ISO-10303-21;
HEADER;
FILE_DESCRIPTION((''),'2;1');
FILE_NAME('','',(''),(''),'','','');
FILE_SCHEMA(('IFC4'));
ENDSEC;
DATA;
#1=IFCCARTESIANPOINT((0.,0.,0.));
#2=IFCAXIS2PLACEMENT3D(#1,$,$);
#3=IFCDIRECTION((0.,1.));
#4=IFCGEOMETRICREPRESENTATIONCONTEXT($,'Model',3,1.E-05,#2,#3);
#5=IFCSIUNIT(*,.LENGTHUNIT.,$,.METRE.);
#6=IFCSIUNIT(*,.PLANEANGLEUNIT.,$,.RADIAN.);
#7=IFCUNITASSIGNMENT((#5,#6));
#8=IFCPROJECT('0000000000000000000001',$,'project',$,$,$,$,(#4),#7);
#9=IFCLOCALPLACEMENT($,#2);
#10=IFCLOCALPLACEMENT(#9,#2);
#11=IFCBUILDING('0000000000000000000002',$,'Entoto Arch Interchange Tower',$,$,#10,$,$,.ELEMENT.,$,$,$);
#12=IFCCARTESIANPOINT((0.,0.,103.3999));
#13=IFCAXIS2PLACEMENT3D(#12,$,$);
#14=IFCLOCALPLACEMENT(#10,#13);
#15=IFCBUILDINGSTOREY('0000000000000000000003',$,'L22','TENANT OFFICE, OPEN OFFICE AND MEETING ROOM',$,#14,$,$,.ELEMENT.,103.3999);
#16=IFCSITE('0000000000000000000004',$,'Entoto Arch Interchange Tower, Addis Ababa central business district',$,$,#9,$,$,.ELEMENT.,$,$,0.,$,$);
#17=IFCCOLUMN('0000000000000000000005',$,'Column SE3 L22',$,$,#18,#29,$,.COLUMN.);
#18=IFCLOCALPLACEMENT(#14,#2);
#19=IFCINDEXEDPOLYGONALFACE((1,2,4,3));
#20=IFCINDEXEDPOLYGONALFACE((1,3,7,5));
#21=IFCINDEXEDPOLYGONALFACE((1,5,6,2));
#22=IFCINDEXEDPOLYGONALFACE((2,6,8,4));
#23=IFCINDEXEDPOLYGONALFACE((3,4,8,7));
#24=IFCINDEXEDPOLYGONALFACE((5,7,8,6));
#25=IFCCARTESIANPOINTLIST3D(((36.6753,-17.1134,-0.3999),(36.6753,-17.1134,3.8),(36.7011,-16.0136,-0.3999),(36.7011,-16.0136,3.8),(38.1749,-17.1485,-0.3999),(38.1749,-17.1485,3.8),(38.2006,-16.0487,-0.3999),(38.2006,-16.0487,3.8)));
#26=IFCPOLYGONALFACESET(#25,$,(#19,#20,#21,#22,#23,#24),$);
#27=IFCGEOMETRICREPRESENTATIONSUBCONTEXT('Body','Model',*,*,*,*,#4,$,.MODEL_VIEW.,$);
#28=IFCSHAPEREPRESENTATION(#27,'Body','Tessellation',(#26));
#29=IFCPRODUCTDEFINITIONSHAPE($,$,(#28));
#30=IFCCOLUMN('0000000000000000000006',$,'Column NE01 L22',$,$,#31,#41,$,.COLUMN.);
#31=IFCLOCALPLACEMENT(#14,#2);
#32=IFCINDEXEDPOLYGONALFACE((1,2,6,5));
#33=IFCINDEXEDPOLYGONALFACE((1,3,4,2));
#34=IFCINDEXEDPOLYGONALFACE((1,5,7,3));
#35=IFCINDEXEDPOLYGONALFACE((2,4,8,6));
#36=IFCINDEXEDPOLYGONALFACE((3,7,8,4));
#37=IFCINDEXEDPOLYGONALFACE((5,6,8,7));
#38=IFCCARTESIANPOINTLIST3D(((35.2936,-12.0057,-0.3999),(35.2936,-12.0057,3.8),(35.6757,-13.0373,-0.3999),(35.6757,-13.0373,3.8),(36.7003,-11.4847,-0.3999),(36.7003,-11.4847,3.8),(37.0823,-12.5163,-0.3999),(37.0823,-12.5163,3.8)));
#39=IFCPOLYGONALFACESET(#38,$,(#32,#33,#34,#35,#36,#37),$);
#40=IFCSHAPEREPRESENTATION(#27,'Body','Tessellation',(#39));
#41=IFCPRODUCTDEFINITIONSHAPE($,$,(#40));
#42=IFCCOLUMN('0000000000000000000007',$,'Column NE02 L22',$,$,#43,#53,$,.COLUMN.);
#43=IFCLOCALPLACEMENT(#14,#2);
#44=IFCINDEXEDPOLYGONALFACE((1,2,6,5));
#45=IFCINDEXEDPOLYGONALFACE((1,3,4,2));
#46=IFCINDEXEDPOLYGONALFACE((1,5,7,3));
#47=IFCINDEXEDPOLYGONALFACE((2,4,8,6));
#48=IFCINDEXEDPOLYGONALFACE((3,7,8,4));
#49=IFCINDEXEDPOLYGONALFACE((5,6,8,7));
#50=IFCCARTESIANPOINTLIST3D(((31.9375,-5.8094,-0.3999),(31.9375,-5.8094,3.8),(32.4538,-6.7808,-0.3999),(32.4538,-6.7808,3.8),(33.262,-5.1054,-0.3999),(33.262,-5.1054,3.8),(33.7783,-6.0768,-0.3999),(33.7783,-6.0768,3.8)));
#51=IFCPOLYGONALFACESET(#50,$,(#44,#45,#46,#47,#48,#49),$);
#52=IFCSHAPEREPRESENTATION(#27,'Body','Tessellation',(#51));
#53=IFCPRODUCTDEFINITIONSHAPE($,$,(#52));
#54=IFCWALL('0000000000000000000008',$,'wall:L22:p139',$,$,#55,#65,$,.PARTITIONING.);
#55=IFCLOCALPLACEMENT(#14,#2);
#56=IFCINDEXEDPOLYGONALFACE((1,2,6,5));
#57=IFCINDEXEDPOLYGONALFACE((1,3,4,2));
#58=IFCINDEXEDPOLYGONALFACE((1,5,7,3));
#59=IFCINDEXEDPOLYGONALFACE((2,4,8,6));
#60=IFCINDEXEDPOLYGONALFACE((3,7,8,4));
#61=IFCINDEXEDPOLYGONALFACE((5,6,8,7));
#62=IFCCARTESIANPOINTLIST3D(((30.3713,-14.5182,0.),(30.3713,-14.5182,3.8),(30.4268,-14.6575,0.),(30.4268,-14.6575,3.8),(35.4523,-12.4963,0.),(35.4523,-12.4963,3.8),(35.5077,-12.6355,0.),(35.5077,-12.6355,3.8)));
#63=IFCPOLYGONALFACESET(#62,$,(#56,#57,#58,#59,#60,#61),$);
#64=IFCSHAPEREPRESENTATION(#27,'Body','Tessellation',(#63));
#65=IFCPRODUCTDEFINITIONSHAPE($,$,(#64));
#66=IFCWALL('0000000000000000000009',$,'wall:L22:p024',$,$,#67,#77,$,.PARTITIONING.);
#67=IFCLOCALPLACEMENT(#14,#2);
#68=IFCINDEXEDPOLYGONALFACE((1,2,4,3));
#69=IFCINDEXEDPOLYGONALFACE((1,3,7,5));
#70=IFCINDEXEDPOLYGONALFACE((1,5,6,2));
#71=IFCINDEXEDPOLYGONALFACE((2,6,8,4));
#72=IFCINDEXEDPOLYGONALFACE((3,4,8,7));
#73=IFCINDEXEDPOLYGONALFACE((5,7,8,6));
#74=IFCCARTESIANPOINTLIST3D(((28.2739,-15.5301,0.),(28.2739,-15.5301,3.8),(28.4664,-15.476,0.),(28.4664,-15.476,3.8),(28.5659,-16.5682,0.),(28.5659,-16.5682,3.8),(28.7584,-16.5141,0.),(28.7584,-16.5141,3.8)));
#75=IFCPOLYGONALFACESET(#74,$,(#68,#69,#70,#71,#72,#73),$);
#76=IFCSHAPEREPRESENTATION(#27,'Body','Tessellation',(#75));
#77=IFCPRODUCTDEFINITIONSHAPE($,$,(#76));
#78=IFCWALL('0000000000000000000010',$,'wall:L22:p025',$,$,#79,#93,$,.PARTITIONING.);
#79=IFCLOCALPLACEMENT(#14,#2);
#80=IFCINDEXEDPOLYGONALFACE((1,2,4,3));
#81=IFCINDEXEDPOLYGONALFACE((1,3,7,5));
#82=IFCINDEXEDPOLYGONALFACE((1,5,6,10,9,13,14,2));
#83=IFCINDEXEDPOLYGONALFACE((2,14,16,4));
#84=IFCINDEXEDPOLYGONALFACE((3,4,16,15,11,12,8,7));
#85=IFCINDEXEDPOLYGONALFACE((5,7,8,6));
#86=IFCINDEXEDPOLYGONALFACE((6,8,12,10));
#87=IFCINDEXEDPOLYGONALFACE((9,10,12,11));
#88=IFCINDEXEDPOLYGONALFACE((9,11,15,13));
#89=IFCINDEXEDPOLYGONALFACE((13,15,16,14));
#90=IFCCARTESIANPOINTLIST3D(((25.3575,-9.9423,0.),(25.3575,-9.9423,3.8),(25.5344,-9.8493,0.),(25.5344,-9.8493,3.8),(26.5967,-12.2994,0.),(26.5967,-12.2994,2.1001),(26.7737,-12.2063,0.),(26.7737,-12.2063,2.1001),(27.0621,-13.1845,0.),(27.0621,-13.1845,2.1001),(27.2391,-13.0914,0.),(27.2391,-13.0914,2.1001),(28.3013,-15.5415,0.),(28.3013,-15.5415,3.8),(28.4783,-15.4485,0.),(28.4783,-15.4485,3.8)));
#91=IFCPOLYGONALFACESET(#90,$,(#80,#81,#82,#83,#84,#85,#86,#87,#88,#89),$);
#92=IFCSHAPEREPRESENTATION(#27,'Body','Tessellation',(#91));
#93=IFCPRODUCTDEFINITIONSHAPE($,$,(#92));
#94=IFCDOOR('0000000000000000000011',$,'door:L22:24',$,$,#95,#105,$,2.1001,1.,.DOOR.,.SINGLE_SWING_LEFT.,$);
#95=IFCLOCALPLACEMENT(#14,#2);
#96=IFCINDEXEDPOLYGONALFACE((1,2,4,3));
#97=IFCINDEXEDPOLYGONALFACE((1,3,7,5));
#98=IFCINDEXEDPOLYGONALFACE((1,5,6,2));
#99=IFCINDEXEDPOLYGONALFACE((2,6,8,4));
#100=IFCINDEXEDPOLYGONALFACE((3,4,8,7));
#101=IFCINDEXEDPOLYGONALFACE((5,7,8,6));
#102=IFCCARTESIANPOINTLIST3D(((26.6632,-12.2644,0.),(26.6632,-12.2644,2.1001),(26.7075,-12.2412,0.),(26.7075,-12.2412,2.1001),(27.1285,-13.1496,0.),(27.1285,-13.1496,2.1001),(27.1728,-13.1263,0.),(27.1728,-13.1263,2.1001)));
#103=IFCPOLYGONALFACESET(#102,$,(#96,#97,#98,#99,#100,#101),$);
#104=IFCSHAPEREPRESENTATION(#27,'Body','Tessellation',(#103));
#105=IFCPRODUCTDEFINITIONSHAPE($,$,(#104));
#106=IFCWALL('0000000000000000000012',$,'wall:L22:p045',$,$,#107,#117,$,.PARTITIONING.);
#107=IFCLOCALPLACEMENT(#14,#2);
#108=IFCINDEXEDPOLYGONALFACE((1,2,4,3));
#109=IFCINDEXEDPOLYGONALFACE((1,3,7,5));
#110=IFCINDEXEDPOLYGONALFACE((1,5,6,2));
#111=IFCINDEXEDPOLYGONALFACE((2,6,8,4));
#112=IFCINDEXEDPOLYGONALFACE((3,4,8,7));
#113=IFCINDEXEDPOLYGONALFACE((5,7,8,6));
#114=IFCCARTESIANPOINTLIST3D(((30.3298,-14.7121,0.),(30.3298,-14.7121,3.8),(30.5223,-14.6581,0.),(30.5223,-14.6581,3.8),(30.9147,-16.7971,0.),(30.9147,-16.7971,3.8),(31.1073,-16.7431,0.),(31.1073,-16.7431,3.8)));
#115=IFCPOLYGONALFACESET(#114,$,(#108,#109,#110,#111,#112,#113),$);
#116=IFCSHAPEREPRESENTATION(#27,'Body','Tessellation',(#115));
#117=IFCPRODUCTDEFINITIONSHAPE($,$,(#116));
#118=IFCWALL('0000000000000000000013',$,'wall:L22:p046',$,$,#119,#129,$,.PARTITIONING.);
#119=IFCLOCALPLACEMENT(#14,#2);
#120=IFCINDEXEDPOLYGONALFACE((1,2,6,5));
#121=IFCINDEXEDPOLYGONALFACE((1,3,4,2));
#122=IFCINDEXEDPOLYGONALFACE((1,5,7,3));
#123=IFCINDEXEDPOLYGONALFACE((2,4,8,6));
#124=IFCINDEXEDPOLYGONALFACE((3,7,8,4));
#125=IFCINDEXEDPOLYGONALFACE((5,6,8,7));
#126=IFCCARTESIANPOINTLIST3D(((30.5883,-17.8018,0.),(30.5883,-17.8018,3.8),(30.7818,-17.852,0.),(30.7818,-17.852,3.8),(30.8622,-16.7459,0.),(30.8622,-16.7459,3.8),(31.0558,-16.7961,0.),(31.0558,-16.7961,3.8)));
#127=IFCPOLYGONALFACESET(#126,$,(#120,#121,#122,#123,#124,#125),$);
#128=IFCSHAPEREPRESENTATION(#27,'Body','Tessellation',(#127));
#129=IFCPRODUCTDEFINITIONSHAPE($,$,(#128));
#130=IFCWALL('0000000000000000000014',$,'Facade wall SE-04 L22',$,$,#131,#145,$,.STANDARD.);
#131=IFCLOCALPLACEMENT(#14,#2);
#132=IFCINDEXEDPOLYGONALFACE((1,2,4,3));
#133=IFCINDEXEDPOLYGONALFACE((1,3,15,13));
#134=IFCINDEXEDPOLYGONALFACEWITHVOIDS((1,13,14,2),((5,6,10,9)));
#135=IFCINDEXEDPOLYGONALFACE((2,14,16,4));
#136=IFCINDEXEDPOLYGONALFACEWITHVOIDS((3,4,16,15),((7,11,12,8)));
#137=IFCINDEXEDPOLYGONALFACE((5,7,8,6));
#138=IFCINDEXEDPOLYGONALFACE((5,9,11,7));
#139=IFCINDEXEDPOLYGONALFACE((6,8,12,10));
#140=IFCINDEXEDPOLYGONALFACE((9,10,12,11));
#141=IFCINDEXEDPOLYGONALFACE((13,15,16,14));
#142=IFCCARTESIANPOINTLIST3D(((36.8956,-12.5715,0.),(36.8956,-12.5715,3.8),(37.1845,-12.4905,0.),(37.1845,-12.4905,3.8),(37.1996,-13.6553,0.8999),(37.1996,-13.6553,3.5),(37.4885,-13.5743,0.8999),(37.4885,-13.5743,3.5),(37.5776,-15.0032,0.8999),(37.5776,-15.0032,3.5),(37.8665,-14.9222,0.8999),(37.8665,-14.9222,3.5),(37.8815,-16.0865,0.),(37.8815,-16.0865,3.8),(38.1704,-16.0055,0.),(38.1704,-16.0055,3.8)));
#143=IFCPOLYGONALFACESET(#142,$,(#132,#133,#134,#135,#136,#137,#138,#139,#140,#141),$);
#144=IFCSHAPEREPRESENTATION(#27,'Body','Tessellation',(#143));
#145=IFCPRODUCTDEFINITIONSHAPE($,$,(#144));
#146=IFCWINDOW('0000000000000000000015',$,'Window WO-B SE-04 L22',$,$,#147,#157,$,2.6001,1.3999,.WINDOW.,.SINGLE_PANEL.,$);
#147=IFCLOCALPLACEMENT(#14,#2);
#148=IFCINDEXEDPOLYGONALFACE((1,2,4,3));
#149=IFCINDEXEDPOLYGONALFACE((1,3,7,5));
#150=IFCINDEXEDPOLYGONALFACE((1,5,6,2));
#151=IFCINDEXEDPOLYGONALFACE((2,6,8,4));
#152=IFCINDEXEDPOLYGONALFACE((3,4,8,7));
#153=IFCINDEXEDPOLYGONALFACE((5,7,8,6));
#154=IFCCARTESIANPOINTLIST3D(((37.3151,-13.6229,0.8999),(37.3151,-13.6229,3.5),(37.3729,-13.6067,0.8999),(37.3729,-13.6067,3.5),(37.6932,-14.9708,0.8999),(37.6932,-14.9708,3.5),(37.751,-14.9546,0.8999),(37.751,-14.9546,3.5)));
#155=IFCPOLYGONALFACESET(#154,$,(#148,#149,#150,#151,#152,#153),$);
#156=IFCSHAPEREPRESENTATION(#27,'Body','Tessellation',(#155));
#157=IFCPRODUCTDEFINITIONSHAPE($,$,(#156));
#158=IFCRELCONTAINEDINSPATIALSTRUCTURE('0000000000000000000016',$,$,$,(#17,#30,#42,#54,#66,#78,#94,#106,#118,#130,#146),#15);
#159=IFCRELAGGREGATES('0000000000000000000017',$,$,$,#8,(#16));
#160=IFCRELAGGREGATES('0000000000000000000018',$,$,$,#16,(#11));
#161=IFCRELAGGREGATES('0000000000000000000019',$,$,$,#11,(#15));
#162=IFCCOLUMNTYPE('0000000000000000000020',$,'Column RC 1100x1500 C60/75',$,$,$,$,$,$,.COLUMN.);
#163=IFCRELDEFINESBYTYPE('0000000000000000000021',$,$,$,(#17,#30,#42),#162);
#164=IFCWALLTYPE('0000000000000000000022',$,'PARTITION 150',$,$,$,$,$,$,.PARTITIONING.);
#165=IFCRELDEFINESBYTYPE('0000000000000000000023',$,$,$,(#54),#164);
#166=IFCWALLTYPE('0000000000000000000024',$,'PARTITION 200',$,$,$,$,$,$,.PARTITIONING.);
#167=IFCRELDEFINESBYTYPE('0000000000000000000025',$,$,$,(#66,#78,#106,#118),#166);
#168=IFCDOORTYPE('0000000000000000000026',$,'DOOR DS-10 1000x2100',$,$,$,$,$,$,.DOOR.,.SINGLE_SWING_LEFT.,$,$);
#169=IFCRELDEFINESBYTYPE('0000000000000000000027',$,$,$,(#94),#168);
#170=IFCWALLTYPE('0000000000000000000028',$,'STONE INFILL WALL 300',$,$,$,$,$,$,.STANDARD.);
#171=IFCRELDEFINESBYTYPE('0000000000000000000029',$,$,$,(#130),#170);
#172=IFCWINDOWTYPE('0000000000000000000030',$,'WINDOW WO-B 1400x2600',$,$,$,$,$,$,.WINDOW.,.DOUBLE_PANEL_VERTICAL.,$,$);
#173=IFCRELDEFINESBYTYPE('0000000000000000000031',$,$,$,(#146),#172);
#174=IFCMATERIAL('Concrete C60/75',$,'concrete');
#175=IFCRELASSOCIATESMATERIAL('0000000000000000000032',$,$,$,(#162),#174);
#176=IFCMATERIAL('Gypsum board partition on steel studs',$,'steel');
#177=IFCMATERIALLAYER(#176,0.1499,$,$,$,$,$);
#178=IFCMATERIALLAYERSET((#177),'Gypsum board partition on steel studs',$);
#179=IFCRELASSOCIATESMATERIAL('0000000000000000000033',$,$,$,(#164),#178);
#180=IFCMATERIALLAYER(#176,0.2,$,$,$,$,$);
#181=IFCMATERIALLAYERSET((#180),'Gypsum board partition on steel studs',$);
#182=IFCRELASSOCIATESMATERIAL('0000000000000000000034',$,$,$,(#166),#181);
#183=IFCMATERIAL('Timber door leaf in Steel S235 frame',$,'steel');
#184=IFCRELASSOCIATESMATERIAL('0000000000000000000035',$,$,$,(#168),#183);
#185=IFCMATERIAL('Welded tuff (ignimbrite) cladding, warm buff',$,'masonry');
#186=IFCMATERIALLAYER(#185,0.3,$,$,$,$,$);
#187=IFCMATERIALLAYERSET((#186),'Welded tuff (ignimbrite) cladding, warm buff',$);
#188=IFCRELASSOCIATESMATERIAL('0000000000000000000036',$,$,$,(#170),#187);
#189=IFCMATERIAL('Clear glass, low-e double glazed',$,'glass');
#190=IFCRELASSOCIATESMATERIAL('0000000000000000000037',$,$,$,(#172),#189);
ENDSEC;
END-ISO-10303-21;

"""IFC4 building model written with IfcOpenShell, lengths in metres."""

from ifc_helpers import new_model, si_unit, direction, frame, frame_2d, origin, origin_2d, place, context, subcontext, project, spatial, rectangle, extrude, material, layer, layer_set, material_profile, profile_set, type_object, element, fill, save


model = new_model("IFC4")

# Units and contexts
model_context = context("Model", 3, precision=1e-05, world=origin(), true_north=direction((0.0, 1.0)))
body_context = subcontext(model_context, "Body", "Model", "MODEL_VIEW")
ifc_project = project(units=[si_unit("LENGTHUNIT", "METRE"), si_unit("PLANEANGLEUNIT", "RADIAN")], contexts=[model_context])

# Site, building, storey
site_placement = place(None, origin())
site = spatial("IfcSite", under=ifc_project, at=site_placement, Name="Entoto Arch Interchange Tower, Addis Ababa central business district", CompositionType="ELEMENT", RefElevation=0.0)
building_placement = place(site_placement, origin())
building = spatial("IfcBuilding", under=site, at=building_placement, Name="Entoto Arch Interchange Tower", CompositionType="ELEMENT")
storey_placement = place(building_placement, frame((0.0, 0.0, 103.3999)))
storey = spatial("IfcBuildingStorey", under=building, at=storey_placement, Name="L22", Description="TENANT OFFICE, OPEN OFFICE AND MEETING ROOM", CompositionType="ELEMENT", Elevation=103.3999)

# Columns
ifc_material_1 = material(Name="Concrete C60/75", Category="concrete")
ifc_material_profile = material_profile(ifc_material_1, rectangle(XDim=1.1001, YDim=1.5, at=origin_2d()))
ifc_profile_set = profile_set([ifc_material_profile], Name="Concrete C60/75")
column_type = type_object("IfcColumnType", Name="Column RC 1100x1500 C60/75", PredefinedType="COLUMN", material=ifc_profile_set)
for number, where, z_axis, x_axis, name in (
    (1, (37.438, -16.5811, -0.3999), (0.0, 0.0, 1.0), (0.023385, 0.999727, 0.0), "Column SE3 L22"),
    (2, (36.188, -12.261, -0.3999), (0.0, 0.0, 1.0), (-0.347312, 0.93775, 0.0), "Column NE01 L22"),
    (3, (32.8579, -5.9431, -0.3999), (0.0, 0.0, 1.0), (-0.469333, 0.883021, 0.0), "Column NE02 L22"),
):
    element("IfcColumn", number, at=place(storey_placement, frame(where, z_axis=z_axis, x_axis=x_axis)), inside=storey, type_object=column_type, Name=name, PredefinedType="COLUMN", context=body_context, shape_type="SweptSolid", body=[
        extrude(rectangle(XDim=1.1001, YDim=1.5, at=origin_2d()), origin(), (0.0, 0.0, 1.0), 4.2),
    ])

# Walls
ifc_material_2 = material(Name="Gypsum board partition on steel studs", Category="steel")
ifc_layer_1 = layer(ifc_material_2, 0.1499)
ifc_layer_set_1 = layer_set([ifc_layer_1], Name="Gypsum board partition on steel studs")
wall_type_1 = type_object("IfcWallType", Name="PARTITION 150", PredefinedType="PARTITIONING", material=ifc_layer_set_1)
wall_1_placement = place(storey_placement, frame((30.3989, -14.5879, 0.0), z_axis=(0.0, 0.0, 1.0), x_axis=(0.929134, 0.369743, 0.0)))
element("IfcWall", 4, at=wall_1_placement, inside=storey, type_object=wall_type_1, Name="wall:L22:p139", PredefinedType="PARTITIONING", context=body_context, shape_type="SweptSolid", body=[
    extrude(rectangle(XDim=5.4685, YDim=0.1499, at=frame_2d((2.7344, 0.0))), origin(), (0.0, 0.0, 1.0), 3.8),
])
ifc_layer_2 = layer(ifc_material_2, 0.2)
ifc_layer_set_2 = layer_set([ifc_layer_2], Name="Gypsum board partition on steel studs")
wall_type_2 = type_object("IfcWallType", Name="PARTITION 200", PredefinedType="PARTITIONING", material=ifc_layer_set_2)
wall_2_placement = place(storey_placement, frame((28.6621, -16.541, 0.0), z_axis=(0.0, 0.0, 1.0), x_axis=(-0.270772, 0.962644, 0.0)))
element("IfcWall", 5, at=wall_2_placement, inside=storey, type_object=wall_type_2, Name="wall:L22:p024", PredefinedType="PARTITIONING", context=body_context, shape_type="SweptSolid", body=[
    extrude(rectangle(XDim=1.0784, YDim=0.2, at=frame_2d((0.5391, 0.0))), origin(), (0.0, 0.0, 1.0), 3.8),
])

# Wall, opening, door
wall_3_placement = place(storey_placement, frame((28.3899, -15.4951, 0.0), z_axis=(0.0, 0.0, 1.0), x_axis=(-0.465368, 0.885117, 0.0)))
wall_3 = element("IfcWall", 6, at=wall_3_placement, inside=storey, type_object=wall_type_2, Name="wall:L22:p025", PredefinedType="PARTITIONING", context=body_context, shape_type="SweptSolid", body=[
    extrude(rectangle(XDim=6.3259, YDim=0.2, at=frame_2d((3.1631, 0.0))), origin(), (0.0, 0.0, 1.0), 3.8),
])
opening_1_placement = place(wall_3_placement, frame((2.6631, 0.0, 0.0)))
opening_1 = element("IfcOpeningElement", 7, at=opening_1_placement, cuts=wall_3, PredefinedType="OPENING", context=body_context, shape_type="SweptSolid", body=[
    extrude(rectangle(XDim=1.0, YDim=2.1001, at=frame_2d((0.5, 1.05))), frame((0.0, 0.1099, 0.0), z_axis=(0.0, -1.0, 0.0), x_axis=(1.0, 0.0, 0.0)), (0.0, 0.0, 1.0), 0.22),
])
ifc_material_3 = material(Name="Timber door leaf in Steel S235 frame", Category="steel")
door_type = type_object("IfcDoorType", Name="DOOR DS-10 1000x2100", OperationType="SINGLE_SWING_LEFT", PredefinedType="DOOR", material=ifc_material_3)
door_placement = place(opening_1_placement, origin())
door = element("IfcDoor", 8, at=door_placement, inside=storey, type_object=door_type, Name="door:L22:24", OperationType="SINGLE_SWING_LEFT", OverallHeight=2.1001, OverallWidth=1.0, PredefinedType="DOOR", context=body_context, shape_type="SweptSolid", body=[
    extrude(rectangle(XDim=1.0, YDim=2.1001, at=frame_2d((0.5, 1.05))), frame((0.0, 0.0249, 0.0), z_axis=(0.0, -1.0, 0.0), x_axis=(1.0, 0.0, 0.0)), (0.0, 0.0, 1.0), 0.05),
])
fill(opening_1, door)

# Walls
wall_4_placement = place(storey_placement, frame((30.426, -14.6851, 0.0), z_axis=(0.0, 0.0, 1.0), x_axis=(0.270132, -0.962823, 0.0)))
element("IfcWall", 9, at=wall_4_placement, inside=storey, type_object=wall_type_2, Name="wall:L22:p045", PredefinedType="PARTITIONING", context=body_context, shape_type="SweptSolid", body=[
    extrude(rectangle(XDim=2.1655, YDim=0.2, at=frame_2d((1.0828, 0.0))), origin(), (0.0, 0.0, 1.0), 3.8),
])
wall_5_placement = place(storey_placement, frame((30.959, -16.771, 0.0), z_axis=(0.0, 0.0, 1.0), x_axis=(-0.25111, -0.967959, 0.0)))
element("IfcWall", 10, at=wall_5_placement, inside=storey, type_object=wall_type_2, Name="wall:L22:p046", PredefinedType="PARTITIONING", context=body_context, shape_type="SweptSolid", body=[
    extrude(rectangle(XDim=1.0908, YDim=0.2, at=frame_2d((0.5454, 0.0))), origin(), (0.0, 0.0, 1.0), 3.8),
])

# Wall, opening, window
ifc_material_4 = material(Name="Welded tuff (ignimbrite) cladding, warm buff", Category="masonry")
ifc_layer_3 = layer(ifc_material_4, 0.3)
ifc_layer_set_3 = layer_set([ifc_layer_3], Name="Welded tuff (ignimbrite) cladding, warm buff")
wall_type_3 = type_object("IfcWallType", Name="STONE INFILL WALL 300", PredefinedType="STANDARD", material=ifc_layer_set_3)
wall_6_placement = place(storey_placement, frame((38.0259, -16.0459, 0.0), z_axis=(0.0, 0.0, 1.0), x_axis=(-0.270054, 0.962845, 0.0)))
wall_6 = element("IfcWall", 11, at=wall_6_placement, inside=storey, type_object=wall_type_3, Name="Facade wall SE-04 L22", PredefinedType="STANDARD", context=body_context, shape_type="SweptSolid", body=[
    extrude(rectangle(XDim=3.6506, YDim=0.3, at=frame_2d((1.8252, 0.0))), origin(), (0.0, 0.0, 1.0), 3.8),
])
opening_2_placement = place(wall_6_placement, frame((1.125, 0.0, 0.8999)))
opening_2 = element("IfcOpeningElement", 12, at=opening_2_placement, cuts=wall_6, PredefinedType="OPENING", context=body_context, shape_type="SweptSolid", body=[
    extrude(rectangle(XDim=1.3999, YDim=2.6001, at=frame_2d((0.7, 1.3))), frame((0.0, 0.1602, 0.0), z_axis=(0.0, -1.0, 0.0), x_axis=(1.0, 0.0, 0.0)), (0.0, 0.0, 1.0), 0.3201),
])
ifc_material_5 = material(Name="Clear glass, low-e double glazed", Category="glass")
window_type_1 = type_object("IfcWindowType", Name="WINDOW WO-B 1400x2600", PartitioningType="DOUBLE_PANEL_VERTICAL", PredefinedType="WINDOW", material=ifc_material_5)
window_1_placement = place(opening_2_placement, origin())
window_1 = element("IfcWindow", 13, at=window_1_placement, inside=storey, type_object=window_type_1, Name="Window WO-B SE-04 L22", OverallHeight=2.6001, OverallWidth=1.3999, PartitioningType="SINGLE_PANEL", PredefinedType="WINDOW", context=body_context, shape_type="SweptSolid", body=[
    extrude(rectangle(XDim=1.3999, YDim=2.6001, at=frame_2d((0.7, 1.3))), frame((0.0, 0.03, 0.0), z_axis=(0.0, -1.0, 0.0), x_axis=(1.0, 0.0, 0.0)), (0.0, 0.0, 1.0), 0.0601),
])
fill(opening_2, window_1)

save(model, "model.ifc")
